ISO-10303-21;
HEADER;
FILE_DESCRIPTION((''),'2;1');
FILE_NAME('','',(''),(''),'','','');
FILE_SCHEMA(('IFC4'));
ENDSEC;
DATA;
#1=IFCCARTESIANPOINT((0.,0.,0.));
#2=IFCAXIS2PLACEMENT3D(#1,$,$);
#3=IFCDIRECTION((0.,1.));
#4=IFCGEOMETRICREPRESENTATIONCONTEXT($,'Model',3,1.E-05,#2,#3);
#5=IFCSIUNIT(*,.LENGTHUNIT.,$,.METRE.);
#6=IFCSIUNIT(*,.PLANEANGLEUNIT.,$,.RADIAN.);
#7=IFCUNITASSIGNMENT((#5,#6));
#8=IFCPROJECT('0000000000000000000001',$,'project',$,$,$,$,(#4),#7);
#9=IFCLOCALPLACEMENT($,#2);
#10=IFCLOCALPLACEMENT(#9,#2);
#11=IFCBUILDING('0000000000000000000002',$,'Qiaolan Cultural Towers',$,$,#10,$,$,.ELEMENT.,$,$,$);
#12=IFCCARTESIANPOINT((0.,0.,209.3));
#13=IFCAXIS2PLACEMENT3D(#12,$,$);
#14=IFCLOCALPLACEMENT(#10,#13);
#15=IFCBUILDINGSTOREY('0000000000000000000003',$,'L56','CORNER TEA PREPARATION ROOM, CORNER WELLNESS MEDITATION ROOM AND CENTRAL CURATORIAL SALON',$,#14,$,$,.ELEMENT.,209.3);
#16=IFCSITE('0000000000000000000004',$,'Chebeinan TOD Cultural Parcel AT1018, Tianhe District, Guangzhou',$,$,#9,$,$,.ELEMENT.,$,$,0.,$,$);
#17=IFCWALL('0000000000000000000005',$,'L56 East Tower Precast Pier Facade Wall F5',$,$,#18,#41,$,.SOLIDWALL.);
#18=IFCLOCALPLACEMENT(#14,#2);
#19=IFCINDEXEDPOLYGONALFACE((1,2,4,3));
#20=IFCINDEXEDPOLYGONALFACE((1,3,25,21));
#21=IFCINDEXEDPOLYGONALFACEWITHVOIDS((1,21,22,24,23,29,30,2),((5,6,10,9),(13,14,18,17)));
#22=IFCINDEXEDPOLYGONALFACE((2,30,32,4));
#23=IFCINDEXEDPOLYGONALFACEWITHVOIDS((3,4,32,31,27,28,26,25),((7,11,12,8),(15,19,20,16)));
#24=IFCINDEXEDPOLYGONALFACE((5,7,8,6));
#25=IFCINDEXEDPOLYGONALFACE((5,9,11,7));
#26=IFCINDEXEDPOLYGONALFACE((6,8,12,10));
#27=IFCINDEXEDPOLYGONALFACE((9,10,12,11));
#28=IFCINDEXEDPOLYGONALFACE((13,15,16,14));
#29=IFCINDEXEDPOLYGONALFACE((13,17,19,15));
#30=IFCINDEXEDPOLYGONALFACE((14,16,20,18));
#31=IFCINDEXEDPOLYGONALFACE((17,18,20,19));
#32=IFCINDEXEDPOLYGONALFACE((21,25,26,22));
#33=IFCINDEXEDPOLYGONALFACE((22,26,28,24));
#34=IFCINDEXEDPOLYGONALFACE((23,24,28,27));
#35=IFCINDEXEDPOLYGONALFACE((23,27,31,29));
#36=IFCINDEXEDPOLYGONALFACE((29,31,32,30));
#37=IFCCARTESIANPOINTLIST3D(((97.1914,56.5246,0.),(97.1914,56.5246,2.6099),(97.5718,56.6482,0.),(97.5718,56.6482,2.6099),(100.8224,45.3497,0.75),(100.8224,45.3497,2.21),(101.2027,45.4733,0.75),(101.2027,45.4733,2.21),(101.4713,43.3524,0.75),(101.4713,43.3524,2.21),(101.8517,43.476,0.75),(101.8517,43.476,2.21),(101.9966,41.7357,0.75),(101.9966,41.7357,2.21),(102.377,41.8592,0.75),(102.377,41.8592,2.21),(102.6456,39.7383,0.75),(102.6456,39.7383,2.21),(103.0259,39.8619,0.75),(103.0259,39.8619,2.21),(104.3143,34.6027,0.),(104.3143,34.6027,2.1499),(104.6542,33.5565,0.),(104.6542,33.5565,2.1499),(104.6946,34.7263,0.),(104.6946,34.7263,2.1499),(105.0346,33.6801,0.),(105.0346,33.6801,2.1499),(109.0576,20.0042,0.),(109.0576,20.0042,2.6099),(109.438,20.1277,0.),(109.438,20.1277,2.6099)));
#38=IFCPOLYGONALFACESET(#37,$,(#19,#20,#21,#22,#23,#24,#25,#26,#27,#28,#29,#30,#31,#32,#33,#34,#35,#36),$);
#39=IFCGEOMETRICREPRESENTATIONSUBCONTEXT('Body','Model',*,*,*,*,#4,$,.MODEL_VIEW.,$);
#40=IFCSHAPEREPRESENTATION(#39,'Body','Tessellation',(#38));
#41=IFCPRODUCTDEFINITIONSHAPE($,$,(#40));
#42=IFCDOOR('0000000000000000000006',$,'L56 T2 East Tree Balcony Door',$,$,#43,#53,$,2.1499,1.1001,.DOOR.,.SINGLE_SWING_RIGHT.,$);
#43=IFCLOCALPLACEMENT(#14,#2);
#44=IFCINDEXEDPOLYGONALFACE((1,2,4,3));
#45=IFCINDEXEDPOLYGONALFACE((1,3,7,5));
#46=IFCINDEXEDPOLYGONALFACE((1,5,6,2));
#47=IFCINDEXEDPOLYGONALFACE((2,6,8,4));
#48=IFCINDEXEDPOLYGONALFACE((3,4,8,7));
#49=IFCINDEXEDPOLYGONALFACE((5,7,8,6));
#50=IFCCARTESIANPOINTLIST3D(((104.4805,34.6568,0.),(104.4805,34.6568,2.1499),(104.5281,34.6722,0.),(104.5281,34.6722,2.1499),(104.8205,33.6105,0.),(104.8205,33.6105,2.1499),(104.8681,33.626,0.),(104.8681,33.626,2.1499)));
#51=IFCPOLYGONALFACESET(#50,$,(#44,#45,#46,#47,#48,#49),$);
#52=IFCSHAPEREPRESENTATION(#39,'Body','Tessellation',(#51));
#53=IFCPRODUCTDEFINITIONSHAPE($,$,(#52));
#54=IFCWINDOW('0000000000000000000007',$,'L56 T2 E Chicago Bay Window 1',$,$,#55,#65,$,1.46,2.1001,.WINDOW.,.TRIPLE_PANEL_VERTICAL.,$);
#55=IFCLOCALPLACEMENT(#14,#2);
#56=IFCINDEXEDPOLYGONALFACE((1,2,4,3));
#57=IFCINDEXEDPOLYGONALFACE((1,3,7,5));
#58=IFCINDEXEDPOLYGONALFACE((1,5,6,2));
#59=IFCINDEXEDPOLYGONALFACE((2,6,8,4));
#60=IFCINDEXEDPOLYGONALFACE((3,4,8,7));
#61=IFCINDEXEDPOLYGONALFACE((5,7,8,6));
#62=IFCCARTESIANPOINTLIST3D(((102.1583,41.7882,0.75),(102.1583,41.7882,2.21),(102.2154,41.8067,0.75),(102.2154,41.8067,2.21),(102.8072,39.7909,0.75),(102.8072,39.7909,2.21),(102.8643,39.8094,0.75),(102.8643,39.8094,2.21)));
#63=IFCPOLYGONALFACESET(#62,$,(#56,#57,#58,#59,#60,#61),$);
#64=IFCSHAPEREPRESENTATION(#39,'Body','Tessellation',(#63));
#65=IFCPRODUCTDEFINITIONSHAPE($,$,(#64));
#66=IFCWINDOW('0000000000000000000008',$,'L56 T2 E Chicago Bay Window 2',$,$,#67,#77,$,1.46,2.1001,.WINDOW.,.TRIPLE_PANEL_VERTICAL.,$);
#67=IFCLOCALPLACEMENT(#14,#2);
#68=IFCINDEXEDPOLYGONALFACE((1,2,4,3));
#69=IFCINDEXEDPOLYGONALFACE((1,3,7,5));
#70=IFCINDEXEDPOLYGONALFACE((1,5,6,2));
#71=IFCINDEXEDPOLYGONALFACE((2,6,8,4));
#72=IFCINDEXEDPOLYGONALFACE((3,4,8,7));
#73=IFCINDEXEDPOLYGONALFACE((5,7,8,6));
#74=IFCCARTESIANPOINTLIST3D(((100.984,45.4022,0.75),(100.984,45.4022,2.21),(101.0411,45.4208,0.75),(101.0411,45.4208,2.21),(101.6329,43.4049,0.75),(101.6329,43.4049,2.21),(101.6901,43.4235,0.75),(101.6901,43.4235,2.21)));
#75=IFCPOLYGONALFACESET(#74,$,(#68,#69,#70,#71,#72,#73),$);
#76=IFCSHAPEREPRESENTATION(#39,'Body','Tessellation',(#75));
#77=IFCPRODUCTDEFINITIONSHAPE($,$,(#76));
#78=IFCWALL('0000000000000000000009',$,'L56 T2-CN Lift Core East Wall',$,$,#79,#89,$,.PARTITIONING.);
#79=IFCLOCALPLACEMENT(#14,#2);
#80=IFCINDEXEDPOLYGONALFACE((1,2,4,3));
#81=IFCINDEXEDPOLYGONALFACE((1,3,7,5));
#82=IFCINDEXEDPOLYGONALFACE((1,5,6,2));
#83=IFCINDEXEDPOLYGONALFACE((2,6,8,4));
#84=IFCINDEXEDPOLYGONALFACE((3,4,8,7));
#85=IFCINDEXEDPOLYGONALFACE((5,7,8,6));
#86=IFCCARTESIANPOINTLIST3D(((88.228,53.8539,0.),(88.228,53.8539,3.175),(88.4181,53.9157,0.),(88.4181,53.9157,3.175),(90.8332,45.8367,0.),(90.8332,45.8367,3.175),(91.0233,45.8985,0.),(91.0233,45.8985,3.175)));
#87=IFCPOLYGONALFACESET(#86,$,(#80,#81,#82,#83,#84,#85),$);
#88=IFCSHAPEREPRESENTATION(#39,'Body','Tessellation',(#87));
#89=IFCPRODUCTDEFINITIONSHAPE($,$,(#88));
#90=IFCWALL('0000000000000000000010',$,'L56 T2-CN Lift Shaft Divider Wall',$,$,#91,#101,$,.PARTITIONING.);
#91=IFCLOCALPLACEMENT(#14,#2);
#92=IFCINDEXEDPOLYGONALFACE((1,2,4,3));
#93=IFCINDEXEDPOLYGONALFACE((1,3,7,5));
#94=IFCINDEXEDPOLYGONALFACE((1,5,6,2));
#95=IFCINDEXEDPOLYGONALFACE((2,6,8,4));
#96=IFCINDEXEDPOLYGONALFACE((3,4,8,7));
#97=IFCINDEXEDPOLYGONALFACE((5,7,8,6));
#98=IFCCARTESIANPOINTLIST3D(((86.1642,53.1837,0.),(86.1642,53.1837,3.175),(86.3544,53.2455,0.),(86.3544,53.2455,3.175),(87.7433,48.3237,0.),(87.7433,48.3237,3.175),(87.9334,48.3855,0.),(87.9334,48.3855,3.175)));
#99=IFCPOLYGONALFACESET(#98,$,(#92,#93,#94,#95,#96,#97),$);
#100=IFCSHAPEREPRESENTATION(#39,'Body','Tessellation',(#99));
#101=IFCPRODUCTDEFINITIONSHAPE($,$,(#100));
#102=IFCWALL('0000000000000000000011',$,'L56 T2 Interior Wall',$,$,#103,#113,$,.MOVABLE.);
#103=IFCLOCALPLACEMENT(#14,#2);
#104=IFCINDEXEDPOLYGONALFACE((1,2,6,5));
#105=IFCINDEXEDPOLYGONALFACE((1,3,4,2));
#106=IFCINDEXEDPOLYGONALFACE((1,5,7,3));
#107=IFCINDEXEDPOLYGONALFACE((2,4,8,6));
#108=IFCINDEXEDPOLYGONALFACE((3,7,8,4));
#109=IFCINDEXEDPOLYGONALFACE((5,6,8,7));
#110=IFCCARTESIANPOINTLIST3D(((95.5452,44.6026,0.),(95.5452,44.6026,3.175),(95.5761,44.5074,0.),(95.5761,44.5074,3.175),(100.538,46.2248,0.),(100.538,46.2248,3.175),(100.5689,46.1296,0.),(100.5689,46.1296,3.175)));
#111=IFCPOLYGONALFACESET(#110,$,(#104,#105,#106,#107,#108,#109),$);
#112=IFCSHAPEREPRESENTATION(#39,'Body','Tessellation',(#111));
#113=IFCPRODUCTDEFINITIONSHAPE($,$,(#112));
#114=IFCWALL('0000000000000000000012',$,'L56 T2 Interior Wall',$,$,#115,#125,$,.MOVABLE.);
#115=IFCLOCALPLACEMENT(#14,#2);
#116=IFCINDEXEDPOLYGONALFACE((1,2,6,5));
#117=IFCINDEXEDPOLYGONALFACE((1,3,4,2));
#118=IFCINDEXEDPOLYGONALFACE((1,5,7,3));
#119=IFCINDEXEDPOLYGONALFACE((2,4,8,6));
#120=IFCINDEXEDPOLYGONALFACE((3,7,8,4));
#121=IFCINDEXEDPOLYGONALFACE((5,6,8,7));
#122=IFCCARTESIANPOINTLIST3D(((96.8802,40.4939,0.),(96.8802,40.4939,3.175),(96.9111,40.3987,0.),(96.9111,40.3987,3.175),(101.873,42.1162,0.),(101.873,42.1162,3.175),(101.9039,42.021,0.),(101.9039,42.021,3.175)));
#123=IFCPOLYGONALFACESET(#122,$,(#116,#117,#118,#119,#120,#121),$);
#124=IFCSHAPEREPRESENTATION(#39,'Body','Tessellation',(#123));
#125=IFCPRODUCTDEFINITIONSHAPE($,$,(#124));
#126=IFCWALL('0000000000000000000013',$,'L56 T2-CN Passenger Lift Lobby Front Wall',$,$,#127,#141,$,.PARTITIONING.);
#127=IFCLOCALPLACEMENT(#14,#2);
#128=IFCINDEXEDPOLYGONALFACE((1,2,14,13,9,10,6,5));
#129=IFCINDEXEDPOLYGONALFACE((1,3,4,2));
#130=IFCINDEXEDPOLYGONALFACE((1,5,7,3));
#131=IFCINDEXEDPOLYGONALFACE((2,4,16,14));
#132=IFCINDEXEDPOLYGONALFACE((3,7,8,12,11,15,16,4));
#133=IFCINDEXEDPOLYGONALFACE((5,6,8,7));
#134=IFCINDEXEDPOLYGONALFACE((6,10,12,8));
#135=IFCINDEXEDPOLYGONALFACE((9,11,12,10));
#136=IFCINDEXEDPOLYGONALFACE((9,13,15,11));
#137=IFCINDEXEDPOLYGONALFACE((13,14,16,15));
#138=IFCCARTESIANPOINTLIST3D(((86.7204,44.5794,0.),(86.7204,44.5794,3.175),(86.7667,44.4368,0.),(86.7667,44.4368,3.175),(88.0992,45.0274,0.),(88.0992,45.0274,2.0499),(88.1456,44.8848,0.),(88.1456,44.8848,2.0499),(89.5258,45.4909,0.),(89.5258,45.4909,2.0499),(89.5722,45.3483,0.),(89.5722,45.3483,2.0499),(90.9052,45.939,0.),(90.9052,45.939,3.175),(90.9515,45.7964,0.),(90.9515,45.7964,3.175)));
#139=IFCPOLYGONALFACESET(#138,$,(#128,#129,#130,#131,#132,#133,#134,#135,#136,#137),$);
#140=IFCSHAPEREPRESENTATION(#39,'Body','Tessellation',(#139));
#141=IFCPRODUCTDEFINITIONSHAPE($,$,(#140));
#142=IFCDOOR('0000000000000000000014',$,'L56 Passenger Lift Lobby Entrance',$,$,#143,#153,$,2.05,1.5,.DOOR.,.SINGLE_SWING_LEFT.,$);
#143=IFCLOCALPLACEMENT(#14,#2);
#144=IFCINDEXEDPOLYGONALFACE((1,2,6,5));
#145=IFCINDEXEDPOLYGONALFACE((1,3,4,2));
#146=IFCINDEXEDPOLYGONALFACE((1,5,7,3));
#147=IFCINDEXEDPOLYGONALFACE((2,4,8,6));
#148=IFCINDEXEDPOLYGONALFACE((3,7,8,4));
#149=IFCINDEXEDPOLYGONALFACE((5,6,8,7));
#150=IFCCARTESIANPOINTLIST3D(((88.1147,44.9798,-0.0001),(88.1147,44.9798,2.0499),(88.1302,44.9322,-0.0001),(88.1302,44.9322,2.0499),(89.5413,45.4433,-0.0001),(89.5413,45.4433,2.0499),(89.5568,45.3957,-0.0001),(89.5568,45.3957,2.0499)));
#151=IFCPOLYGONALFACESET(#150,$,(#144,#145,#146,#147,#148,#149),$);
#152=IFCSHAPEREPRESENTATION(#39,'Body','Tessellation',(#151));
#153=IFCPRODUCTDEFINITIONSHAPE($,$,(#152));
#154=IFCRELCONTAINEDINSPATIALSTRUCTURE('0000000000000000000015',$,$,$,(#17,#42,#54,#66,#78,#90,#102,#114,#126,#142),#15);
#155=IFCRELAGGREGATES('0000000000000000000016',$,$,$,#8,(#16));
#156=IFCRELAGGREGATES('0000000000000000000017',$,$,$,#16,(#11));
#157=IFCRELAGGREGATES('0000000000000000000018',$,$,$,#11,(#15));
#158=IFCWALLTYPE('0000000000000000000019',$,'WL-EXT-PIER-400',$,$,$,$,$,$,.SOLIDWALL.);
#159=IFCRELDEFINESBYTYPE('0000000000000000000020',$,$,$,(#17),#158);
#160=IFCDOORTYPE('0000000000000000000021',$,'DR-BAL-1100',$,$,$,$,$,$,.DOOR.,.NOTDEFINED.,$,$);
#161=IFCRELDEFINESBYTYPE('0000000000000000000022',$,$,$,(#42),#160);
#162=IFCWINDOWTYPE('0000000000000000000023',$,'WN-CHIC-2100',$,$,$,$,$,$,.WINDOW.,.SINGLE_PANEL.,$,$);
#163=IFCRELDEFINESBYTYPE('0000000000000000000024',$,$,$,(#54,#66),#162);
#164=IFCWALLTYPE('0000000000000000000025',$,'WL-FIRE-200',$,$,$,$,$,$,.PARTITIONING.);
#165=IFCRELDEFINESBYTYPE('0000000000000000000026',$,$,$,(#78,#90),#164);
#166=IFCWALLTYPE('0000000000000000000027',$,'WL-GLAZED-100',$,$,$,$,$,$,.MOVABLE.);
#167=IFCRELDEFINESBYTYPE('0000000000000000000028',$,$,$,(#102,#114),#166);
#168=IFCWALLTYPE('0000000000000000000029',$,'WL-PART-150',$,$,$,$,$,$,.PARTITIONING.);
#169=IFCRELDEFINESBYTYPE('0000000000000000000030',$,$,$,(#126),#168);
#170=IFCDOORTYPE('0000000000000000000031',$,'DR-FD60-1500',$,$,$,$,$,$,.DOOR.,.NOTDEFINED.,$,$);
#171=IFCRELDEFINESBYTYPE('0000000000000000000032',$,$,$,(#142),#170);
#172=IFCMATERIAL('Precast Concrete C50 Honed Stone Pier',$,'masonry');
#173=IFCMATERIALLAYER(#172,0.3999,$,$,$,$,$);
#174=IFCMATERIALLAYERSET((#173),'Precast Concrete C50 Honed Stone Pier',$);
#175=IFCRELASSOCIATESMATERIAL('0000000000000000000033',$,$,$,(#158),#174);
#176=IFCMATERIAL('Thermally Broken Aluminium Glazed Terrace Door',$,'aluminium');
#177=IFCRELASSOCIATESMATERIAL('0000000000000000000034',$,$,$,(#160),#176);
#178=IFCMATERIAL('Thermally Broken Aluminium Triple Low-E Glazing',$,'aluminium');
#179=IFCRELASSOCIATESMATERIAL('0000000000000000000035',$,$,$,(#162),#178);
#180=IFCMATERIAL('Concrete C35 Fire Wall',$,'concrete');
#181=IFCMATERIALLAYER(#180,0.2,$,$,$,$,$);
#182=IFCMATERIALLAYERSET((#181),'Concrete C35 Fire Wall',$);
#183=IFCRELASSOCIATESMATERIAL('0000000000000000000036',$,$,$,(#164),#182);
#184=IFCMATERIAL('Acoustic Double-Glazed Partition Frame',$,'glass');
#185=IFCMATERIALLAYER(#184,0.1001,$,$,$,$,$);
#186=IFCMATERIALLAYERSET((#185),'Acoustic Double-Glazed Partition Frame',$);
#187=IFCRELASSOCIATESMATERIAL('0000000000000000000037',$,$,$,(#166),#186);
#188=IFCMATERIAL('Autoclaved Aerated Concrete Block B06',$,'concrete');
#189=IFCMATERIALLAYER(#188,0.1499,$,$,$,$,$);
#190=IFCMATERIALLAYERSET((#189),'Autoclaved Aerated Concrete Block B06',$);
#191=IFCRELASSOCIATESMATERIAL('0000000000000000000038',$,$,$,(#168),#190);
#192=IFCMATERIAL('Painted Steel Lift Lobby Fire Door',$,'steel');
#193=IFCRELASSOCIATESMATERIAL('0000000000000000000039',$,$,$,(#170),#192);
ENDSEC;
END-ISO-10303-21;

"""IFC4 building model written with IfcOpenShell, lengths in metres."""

from ifc_helpers import new_model, si_unit, direction, frame, frame_2d, origin, place, context, subcontext, project, spatial, rectangle, extrude, material, layer, layer_set, type_object, element, fill, save


model = new_model("IFC4")

# Units and contexts
model_context = context("Model", 3, precision=1e-05, world=origin(), true_north=direction((0.0, 1.0)))
body_context = subcontext(model_context, "Body", "Model", "MODEL_VIEW")
ifc_project = project(units=[si_unit("LENGTHUNIT", "METRE"), si_unit("PLANEANGLEUNIT", "RADIAN")], contexts=[model_context])

# Site, building, storey
site_placement = place(None, origin())
site = spatial("IfcSite", under=ifc_project, at=site_placement, Name="Chebeinan TOD Cultural Parcel AT1018, Tianhe District, Guangzhou", CompositionType="ELEMENT", RefElevation=0.0)
building_placement = place(site_placement, origin())
building = spatial("IfcBuilding", under=site, at=building_placement, Name="Qiaolan Cultural Towers", CompositionType="ELEMENT")
storey_placement = place(building_placement, frame((0.0, 0.0, 209.3)))
storey = spatial("IfcBuildingStorey", under=building, at=storey_placement, Name="L56", Description="CORNER TEA PREPARATION ROOM, CORNER WELLNESS MEDITATION ROOM AND CENTRAL CURATORIAL SALON", CompositionType="ELEMENT", Elevation=209.3)

# Shared definitions
ifc_material_1 = material(Name="Precast Concrete C50 Honed Stone Pier", Category="masonry")
ifc_layer_1 = layer(ifc_material_1, 0.3999)
ifc_layer_set_1 = layer_set([ifc_layer_1], Name="Precast Concrete C50 Honed Stone Pier")
wall_type_1 = type_object("IfcWallType", Name="WL-EXT-PIER-400", PredefinedType="SOLIDWALL", material=ifc_layer_set_1)

# Wall, openings, door, windows
wall_1_placement = place(storey_placement, frame((97.3816, 56.5864, 0.0), z_axis=(0.0, 0.0, 1.0), x_axis=(0.309016, -0.951057, 0.0)))
wall_1 = element("IfcWall", 1, at=wall_1_placement, inside=storey, type_object=wall_type_1, Name="L56 East Tower Precast Pier Facade Wall F5", PredefinedType="SOLIDWALL", context=body_context, shape_type="SweptSolid", body=[
    extrude(rectangle(XDim=38.3999, YDim=0.3999, at=frame_2d((19.2, 0.0))), origin(), (0.0, 0.0, 1.0), 2.6099),
])
opening_1_placement = place(wall_1_placement, frame((15.55, 0.0, 0.75)))
opening_1 = element("IfcOpeningElement", 2, at=opening_1_placement, cuts=wall_1, PredefinedType="OPENING", context=body_context, shape_type="SweptSolid", body=[
    extrude(rectangle(XDim=2.1001, YDim=1.46, at=frame_2d((1.05, 0.73))), frame((0.0, 0.21, 0.0), z_axis=(0.0, -1.0, 0.0), x_axis=(1.0, 0.0, 0.0)), (0.0, 0.0, 1.0), 0.4199),
])
opening_2_placement = place(wall_1_placement, frame((11.75, 0.0, 0.75)))
opening_2 = element("IfcOpeningElement", 3, at=opening_2_placement, cuts=wall_1, PredefinedType="OPENING", context=body_context, shape_type="SweptSolid", body=[
    extrude(rectangle(XDim=2.1001, YDim=1.46, at=frame_2d((1.05, 0.73))), frame((0.0, 0.21, 0.0), z_axis=(0.0, -1.0, 0.0), x_axis=(1.0, 0.0, 0.0)), (0.0, 0.0, 1.0), 0.4199),
])
opening_3_placement = place(wall_1_placement, frame((23.05, 0.0, 0.0)))
opening_3 = element("IfcOpeningElement", 4, at=opening_3_placement, cuts=wall_1, PredefinedType="OPENING", context=body_context, shape_type="SweptSolid", body=[
    extrude(rectangle(XDim=1.1001, YDim=2.1499, at=frame_2d((0.55, 1.075))), frame((0.0, 0.21, 0.0), z_axis=(0.0, -1.0, 0.0), x_axis=(1.0, 0.0, 0.0)), (0.0, 0.0, 1.0), 0.4199),
])
ifc_material_2 = material(Name="Thermally Broken Aluminium Glazed Terrace Door", Category="aluminium")
door_type_1 = type_object("IfcDoorType", Name="DR-BAL-1100", OperationType="NOTDEFINED", PredefinedType="DOOR", material=ifc_material_2)
door_1_placement = place(opening_3_placement, origin())
door_1 = element("IfcDoor", 5, at=door_1_placement, inside=storey, type_object=door_type_1, Name="L56 T2 East Tree Balcony Door", OperationType="SINGLE_SWING_RIGHT", OverallHeight=2.1499, OverallWidth=1.1001, PredefinedType="DOOR", context=body_context, shape_type="SweptSolid", body=[
    extrude(rectangle(XDim=1.1001, YDim=2.1499, at=frame_2d((0.55, 1.075))), frame((0.0, 0.0249, 0.0), z_axis=(0.0, -1.0, 0.0), x_axis=(1.0, 0.0, 0.0)), (0.0, 0.0, 1.0), 0.05),
])
fill(opening_3, door_1)
ifc_material_3 = material(Name="Thermally Broken Aluminium Triple Low-E Glazing", Category="aluminium")
window_type = type_object("IfcWindowType", Name="WN-CHIC-2100", PartitioningType="SINGLE_PANEL", PredefinedType="WINDOW", material=ifc_material_3)
window_1_placement = place(opening_1_placement, origin())
window_1 = element("IfcWindow", 6, at=window_1_placement, inside=storey, type_object=window_type, Name="L56 T2 E Chicago Bay Window 1", OverallHeight=1.46, OverallWidth=2.1001, PartitioningType="TRIPLE_PANEL_VERTICAL", PredefinedType="WINDOW", context=body_context, shape_type="SweptSolid", body=[
    extrude(rectangle(XDim=2.1001, YDim=1.46, at=frame_2d((1.05, 0.73))), frame((0.0, 0.03, 0.0), z_axis=(0.0, -1.0, 0.0), x_axis=(1.0, 0.0, 0.0)), (0.0, 0.0, 1.0), 0.0601),
])
fill(opening_1, window_1)
window_2_placement = place(opening_2_placement, origin())
window_2 = element("IfcWindow", 7, at=window_2_placement, inside=storey, type_object=window_type, Name="L56 T2 E Chicago Bay Window 2", OverallHeight=1.46, OverallWidth=2.1001, PartitioningType="TRIPLE_PANEL_VERTICAL", PredefinedType="WINDOW", context=body_context, shape_type="SweptSolid", body=[
    extrude(rectangle(XDim=2.1001, YDim=1.46, at=frame_2d((1.05, 0.73))), frame((0.0, 0.03, 0.0), z_axis=(0.0, -1.0, 0.0), x_axis=(1.0, 0.0, 0.0)), (0.0, 0.0, 1.0), 0.0601),
])
fill(opening_2, window_2)

# Walls
ifc_material_4 = material(Name="Concrete C35 Fire Wall", Category="concrete")
ifc_layer_2 = layer(ifc_material_4, 0.2)
ifc_layer_set_2 = layer_set([ifc_layer_2], Name="Concrete C35 Fire Wall")
wall_type_2 = type_object("IfcWallType", Name="WL-FIRE-200", PredefinedType="PARTITIONING", material=ifc_layer_set_2)
wall_2_placement = place(storey_placement, frame((90.9282, 45.8677, 0.0), z_axis=(0.0, 0.0, 1.0), x_axis=(-0.309042, 0.951048, 0.0)))
element("IfcWall", 8, at=wall_2_placement, inside=storey, type_object=wall_type_2, Name="L56 T2-CN Lift Core East Wall", PredefinedType="PARTITIONING", context=body_context, shape_type="SweptSolid", body=[
    extrude(rectangle(XDim=8.4299, YDim=0.2, at=frame_2d((4.2148, 0.0))), origin(), (0.0, 0.0, 1.0), 3.175),
])
wall_3_placement = place(storey_placement, frame((87.8384, 48.3545, 0.0), z_axis=(0.0, 0.0, 1.0), x_axis=(-0.309009, 0.951059, 0.0)))
element("IfcWall", 9, at=wall_3_placement, inside=storey, type_object=wall_type_2, Name="L56 T2-CN Lift Shaft Divider Wall", PredefinedType="PARTITIONING", context=body_context, shape_type="SweptSolid", body=[
    extrude(rectangle(XDim=5.1101, YDim=0.2, at=frame_2d((2.5552, 0.0))), origin(), (0.0, 0.0, 1.0), 3.175),
])
ifc_material_5 = material(Name="Acoustic Double-Glazed Partition Frame", Category="glass")
ifc_layer_3 = layer(ifc_material_5, 0.1001)
ifc_layer_set_3 = layer_set([ifc_layer_3], Name="Acoustic Double-Glazed Partition Frame")
wall_type_3 = type_object("IfcWallType", Name="WL-GLAZED-100", PredefinedType="MOVABLE", material=ifc_layer_set_3)
for number, where, z_axis, x_axis, name in (
    (10, (95.5605, 44.5549, 0.0), (0.0, 0.0, 1.0), (0.951056, 0.30902, 0.0), "L56 T2 Interior Wall"),
    (11, (96.8955, 40.4463, 0.0), (0.0, 0.0, 1.0), (0.951056, 0.30902, 0.0), "L56 T2 Interior Wall"),
):
    element("IfcWall", number, at=place(storey_placement, frame(where, z_axis=z_axis, x_axis=x_axis)), inside=storey, type_object=wall_type_3, Name=name, PredefinedType="MOVABLE", context=body_context, shape_type="SweptSolid", body=[
        extrude(rectangle(XDim=5.2498, YDim=0.1001, at=frame_2d((2.625, 0.0))), origin(), (0.0, 0.0, 1.0), 3.175),
    ])

# Wall, opening, door
ifc_material_6 = material(Name="Autoclaved Aerated Concrete Block B06", Category="concrete")
ifc_layer_4 = layer(ifc_material_6, 0.1499)
ifc_layer_set_4 = layer_set([ifc_layer_4], Name="Autoclaved Aerated Concrete Block B06")
wall_type_4 = type_object("IfcWallType", Name="WL-PART-150", PredefinedType="PARTITIONING", material=ifc_layer_set_4)
wall_4_placement = place(storey_placement, frame((86.7434, 44.5081, 0.0), z_axis=(0.0, 0.0, 1.0), x_axis=(0.951064, 0.308994, 0.0)))
wall_4 = element("IfcWall", 12, at=wall_4_placement, inside=storey, type_object=wall_type_4, Name="L56 T2-CN Passenger Lift Lobby Front Wall", PredefinedType="PARTITIONING", context=body_context, shape_type="SweptSolid", body=[
    extrude(rectangle(XDim=4.4001, YDim=0.1499, at=frame_2d((2.2002, 0.0))), origin(), (0.0, 0.0, 1.0), 3.175),
])
opening_4_placement = place(wall_4_placement, frame((1.45, 0.0, 0.0)))
opening_4 = element("IfcOpeningElement", 13, at=opening_4_placement, cuts=wall_4, PredefinedType="OPENING", context=body_context, shape_type="SweptSolid", body=[
    extrude(rectangle(XDim=1.5, YDim=2.05, at=frame_2d((0.75, 1.0249))), frame((0.0, 0.085, 0.0), z_axis=(0.0, -1.0, 0.0), x_axis=(1.0, 0.0, 0.0)), (0.0, 0.0, 1.0), 0.1699),
])
ifc_material_7 = material(Name="Painted Steel Lift Lobby Fire Door", Category="steel")
door_type_2 = type_object("IfcDoorType", Name="DR-FD60-1500", OperationType="NOTDEFINED", PredefinedType="DOOR", material=ifc_material_7)
door_2_placement = place(opening_4_placement, origin())
door_2 = element("IfcDoor", 14, at=door_2_placement, inside=storey, type_object=door_type_2, Name="L56 Passenger Lift Lobby Entrance", OperationType="SINGLE_SWING_LEFT", OverallHeight=2.05, OverallWidth=1.5, PredefinedType="DOOR", context=body_context, shape_type="SweptSolid", body=[
    extrude(rectangle(XDim=1.5, YDim=2.05, at=frame_2d((0.75, 1.0249))), frame((0.0, 0.0249, 0.0), z_axis=(0.0, -1.0, 0.0), x_axis=(1.0, 0.0, 0.0)), (0.0, 0.0, 1.0), 0.05),
])
fill(opening_4, door_2)

save(model, "model.ifc")
